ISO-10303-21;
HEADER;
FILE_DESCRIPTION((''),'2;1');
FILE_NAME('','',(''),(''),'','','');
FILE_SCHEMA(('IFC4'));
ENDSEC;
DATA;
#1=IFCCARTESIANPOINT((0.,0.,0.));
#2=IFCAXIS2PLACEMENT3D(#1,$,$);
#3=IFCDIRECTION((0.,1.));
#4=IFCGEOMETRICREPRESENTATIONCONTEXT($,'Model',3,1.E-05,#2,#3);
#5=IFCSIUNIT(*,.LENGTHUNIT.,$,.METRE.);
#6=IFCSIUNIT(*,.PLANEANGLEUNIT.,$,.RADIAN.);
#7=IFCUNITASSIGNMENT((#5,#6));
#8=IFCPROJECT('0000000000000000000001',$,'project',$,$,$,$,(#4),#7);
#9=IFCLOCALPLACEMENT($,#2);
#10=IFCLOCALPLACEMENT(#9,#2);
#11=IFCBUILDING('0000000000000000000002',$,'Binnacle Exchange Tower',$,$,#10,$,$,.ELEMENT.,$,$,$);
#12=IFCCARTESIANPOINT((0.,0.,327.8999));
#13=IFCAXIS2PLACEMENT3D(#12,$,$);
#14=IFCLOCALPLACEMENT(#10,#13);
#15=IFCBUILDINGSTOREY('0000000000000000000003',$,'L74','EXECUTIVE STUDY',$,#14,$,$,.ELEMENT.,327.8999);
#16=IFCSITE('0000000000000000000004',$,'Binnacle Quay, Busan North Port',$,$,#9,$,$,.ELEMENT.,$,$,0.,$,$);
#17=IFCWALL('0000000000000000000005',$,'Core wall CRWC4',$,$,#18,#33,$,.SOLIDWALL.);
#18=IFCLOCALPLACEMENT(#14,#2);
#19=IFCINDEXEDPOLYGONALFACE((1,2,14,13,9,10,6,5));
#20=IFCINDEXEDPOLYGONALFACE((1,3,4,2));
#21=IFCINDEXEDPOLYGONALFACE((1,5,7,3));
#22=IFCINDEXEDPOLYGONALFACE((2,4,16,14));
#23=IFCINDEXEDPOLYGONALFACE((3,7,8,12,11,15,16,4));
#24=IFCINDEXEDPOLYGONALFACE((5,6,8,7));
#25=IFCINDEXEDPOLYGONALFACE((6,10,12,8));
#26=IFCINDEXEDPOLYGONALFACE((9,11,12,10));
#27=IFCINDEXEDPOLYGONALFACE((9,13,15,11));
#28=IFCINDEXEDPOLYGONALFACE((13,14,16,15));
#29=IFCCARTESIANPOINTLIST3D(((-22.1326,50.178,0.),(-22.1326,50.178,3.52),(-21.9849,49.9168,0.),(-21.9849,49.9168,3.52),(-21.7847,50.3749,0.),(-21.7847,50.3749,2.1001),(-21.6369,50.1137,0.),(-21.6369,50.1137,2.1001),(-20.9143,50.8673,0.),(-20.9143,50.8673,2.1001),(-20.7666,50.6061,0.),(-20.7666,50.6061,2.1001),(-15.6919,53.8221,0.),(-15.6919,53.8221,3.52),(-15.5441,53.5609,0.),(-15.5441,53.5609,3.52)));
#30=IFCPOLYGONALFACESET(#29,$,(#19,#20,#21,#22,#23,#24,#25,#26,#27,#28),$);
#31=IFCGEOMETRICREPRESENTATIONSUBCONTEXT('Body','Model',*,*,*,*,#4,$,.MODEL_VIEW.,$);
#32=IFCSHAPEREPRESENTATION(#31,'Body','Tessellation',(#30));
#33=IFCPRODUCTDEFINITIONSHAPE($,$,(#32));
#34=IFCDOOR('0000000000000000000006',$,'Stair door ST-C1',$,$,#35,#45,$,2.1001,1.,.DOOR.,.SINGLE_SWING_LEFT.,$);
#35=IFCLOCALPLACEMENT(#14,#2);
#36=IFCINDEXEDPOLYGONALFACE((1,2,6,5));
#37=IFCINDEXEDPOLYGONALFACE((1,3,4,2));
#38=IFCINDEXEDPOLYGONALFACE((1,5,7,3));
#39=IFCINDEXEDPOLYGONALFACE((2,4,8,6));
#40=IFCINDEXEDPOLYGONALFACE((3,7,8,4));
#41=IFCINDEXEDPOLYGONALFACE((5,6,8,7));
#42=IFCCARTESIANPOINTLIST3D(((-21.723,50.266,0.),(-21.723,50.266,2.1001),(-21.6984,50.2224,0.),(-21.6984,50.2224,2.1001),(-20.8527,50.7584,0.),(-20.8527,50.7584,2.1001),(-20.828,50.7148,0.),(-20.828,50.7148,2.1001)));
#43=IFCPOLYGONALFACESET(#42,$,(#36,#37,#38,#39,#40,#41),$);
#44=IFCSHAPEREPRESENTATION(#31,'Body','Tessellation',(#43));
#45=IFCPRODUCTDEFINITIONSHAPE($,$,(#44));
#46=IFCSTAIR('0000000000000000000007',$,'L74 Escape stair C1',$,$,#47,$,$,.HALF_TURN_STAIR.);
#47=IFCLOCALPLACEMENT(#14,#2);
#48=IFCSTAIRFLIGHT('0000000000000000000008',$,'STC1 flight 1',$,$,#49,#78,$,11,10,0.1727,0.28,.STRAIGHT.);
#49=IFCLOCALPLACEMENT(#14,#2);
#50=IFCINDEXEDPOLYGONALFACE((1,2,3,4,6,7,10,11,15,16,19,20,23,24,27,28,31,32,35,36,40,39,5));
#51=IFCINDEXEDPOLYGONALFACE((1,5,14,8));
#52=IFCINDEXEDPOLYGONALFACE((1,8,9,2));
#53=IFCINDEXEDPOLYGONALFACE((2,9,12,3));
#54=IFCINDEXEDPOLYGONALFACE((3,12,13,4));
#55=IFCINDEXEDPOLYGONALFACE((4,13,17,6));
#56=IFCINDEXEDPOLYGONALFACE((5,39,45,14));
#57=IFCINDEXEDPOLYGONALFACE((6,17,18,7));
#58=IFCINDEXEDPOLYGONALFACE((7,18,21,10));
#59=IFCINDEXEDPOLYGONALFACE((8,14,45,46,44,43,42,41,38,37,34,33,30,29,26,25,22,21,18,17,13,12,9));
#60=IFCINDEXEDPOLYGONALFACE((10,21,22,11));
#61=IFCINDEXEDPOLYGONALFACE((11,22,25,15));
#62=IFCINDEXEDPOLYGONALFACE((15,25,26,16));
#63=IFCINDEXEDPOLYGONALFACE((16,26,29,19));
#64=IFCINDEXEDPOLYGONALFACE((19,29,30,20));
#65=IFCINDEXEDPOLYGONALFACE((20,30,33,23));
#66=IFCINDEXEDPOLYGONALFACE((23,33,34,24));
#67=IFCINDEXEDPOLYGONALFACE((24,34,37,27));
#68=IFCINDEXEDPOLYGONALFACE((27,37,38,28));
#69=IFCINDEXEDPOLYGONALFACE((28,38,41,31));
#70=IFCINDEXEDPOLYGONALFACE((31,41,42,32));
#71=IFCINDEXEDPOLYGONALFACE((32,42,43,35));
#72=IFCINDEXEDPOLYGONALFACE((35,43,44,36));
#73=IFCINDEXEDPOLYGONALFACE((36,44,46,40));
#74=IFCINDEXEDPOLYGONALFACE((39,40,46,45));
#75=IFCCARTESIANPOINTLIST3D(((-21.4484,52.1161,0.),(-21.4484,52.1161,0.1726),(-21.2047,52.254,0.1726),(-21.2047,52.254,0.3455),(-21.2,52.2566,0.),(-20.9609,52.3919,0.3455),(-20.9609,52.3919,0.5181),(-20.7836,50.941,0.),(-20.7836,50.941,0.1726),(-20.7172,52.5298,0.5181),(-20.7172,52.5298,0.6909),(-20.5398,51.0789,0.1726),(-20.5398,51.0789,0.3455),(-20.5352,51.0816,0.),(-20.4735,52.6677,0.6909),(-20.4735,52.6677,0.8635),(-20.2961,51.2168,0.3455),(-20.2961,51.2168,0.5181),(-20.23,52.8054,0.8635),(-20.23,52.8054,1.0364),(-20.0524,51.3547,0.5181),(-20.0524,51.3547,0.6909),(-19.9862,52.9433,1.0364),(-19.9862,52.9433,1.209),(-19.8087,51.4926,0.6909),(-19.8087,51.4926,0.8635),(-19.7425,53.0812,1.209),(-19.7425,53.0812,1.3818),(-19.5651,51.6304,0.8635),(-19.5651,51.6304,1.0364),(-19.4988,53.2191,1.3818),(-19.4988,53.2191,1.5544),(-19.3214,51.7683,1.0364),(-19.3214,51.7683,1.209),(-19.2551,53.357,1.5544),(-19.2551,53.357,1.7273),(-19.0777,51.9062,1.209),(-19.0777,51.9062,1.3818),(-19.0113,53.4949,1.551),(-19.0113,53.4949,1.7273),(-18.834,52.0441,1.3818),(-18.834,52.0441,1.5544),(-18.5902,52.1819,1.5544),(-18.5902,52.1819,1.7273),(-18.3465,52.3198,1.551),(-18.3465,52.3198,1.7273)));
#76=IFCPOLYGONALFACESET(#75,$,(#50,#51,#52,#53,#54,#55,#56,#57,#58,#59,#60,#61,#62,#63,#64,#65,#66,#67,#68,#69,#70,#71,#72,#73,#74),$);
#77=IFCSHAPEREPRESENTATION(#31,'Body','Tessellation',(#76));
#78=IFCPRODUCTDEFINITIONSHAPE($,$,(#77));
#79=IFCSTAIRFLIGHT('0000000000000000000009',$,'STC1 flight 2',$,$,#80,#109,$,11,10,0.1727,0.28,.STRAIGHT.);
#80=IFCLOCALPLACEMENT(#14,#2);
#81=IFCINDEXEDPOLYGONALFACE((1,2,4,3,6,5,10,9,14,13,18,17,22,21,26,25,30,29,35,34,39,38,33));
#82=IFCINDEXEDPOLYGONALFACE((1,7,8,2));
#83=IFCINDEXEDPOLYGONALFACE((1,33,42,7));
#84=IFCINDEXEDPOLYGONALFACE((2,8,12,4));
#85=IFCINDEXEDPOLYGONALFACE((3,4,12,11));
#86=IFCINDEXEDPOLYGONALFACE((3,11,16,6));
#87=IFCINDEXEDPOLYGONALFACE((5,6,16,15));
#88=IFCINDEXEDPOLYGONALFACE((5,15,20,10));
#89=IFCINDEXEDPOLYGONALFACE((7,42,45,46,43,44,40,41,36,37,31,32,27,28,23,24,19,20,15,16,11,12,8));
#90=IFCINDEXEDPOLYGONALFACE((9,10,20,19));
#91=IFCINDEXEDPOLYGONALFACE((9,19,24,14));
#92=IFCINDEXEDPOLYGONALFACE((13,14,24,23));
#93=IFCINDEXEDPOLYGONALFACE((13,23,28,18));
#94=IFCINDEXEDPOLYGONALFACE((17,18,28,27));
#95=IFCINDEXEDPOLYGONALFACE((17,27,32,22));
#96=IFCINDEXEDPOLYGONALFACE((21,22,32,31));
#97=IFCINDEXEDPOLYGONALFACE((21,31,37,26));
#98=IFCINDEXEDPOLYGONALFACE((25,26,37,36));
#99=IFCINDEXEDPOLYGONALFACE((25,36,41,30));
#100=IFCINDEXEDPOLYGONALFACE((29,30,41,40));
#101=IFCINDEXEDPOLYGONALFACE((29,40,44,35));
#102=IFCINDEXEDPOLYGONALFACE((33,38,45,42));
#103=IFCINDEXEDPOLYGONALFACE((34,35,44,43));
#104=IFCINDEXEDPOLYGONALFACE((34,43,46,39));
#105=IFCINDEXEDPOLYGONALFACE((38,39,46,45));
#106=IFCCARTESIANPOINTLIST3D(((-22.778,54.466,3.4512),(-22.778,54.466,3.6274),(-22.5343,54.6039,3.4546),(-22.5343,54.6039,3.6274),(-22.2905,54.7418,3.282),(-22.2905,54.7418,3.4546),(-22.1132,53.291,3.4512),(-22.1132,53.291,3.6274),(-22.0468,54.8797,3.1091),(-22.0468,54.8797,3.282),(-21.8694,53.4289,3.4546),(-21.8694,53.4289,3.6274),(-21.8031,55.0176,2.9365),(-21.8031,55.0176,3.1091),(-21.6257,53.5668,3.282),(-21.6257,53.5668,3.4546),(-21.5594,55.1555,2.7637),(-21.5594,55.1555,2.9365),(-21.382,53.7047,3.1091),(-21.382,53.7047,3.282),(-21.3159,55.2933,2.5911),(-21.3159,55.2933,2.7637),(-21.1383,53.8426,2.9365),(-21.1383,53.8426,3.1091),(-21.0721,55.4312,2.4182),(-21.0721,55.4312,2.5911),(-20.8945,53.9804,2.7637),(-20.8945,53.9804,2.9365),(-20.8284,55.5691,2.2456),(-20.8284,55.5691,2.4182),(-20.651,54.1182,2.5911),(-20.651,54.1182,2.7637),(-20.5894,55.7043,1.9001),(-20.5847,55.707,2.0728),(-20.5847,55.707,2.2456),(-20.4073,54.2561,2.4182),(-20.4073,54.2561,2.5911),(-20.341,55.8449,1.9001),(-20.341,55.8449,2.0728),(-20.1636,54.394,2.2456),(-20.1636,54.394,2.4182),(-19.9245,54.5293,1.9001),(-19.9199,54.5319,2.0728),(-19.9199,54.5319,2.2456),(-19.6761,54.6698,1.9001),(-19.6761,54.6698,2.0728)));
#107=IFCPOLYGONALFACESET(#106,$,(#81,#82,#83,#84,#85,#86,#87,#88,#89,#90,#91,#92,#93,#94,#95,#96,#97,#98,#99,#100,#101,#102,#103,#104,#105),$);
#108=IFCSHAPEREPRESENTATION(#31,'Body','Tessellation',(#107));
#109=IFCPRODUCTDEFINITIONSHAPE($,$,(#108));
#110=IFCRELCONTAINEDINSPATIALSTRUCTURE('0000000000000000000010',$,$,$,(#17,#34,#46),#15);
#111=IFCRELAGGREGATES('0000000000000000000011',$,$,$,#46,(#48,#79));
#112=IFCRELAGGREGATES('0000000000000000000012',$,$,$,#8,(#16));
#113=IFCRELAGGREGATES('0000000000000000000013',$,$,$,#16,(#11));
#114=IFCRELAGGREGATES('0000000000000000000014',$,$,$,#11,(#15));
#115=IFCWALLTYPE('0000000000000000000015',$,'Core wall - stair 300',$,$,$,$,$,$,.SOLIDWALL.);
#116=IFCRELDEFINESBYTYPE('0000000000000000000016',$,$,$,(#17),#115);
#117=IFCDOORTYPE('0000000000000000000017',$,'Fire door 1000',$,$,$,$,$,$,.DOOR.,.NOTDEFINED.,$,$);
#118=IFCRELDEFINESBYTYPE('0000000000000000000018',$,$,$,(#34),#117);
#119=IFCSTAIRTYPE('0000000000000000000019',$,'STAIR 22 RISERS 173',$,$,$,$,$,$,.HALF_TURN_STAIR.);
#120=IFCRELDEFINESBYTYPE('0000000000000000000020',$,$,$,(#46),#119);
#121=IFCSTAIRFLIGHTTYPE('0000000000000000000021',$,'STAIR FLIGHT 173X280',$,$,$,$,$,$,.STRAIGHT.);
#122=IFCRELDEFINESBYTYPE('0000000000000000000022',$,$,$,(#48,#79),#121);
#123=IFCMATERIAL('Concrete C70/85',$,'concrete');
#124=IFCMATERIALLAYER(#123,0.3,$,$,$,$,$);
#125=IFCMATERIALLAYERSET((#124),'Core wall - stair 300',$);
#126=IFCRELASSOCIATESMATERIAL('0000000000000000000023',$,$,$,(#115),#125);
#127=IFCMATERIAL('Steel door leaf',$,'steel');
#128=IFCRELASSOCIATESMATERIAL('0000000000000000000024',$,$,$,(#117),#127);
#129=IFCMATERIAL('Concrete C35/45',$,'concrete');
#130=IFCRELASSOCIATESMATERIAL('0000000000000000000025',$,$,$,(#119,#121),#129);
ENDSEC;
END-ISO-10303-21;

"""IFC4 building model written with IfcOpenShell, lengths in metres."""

from ifc_helpers import new_model, si_unit, direction, frame, frame_2d, origin, place, context, subcontext, project, spatial, polyline, rectangle, outline, extrude, material, layer, layer_set, type_object, element, fill, aggregate, save


model = new_model("IFC4")

# Units and contexts
model_context = context("Model", 3, precision=1e-05, world=origin(), true_north=direction((0.0, 1.0)))
body_context = subcontext(model_context, "Body", "Model", "MODEL_VIEW")
ifc_project = project(units=[si_unit("LENGTHUNIT", "METRE"), si_unit("PLANEANGLEUNIT", "RADIAN")], contexts=[model_context])

# Site, building, storey
site_placement = place(None, origin())
site = spatial("IfcSite", under=ifc_project, at=site_placement, Name="Binnacle Quay, Busan North Port", CompositionType="ELEMENT", RefElevation=0.0)
building_placement = place(site_placement, origin())
building = spatial("IfcBuilding", under=site, at=building_placement, Name="Binnacle Exchange Tower", CompositionType="ELEMENT")
storey_placement = place(building_placement, frame((0.0, 0.0, 327.8999)))
storey = spatial("IfcBuildingStorey", under=building, at=storey_placement, Name="L74", Description="EXECUTIVE STUDY", CompositionType="ELEMENT", Elevation=327.8999)

# Shared definitions
ifc_material_1 = material(Name="Concrete C70/85", Category="concrete")

# Wall, opening, door
ifc_layer_1 = layer(ifc_material_1, 0.3)
ifc_layer_set_1 = layer_set([ifc_layer_1], Name="Core wall - stair 300")
wall_type_1 = type_object("IfcWallType", Name="Core wall - stair 300", PredefinedType="SOLIDWALL", material=ifc_layer_set_1)
wall_1_placement = place(storey_placement, frame((-22.0588, 50.0474, 0.0), z_axis=(0.0, 0.0, 1.0), x_axis=(0.870351, 0.492432, 0.0)))
wall_1 = element("IfcWall", 1, at=wall_1_placement, inside=storey, type_object=wall_type_1, Name="Core wall CRWC4", PredefinedType="SOLIDWALL", context=body_context, shape_type="SweptSolid", body=[
    extrude(rectangle(XDim=7.4001, YDim=0.3, at=frame_2d((3.7002, 0.0))), origin(), (0.0, 0.0, 1.0), 3.52),
])
opening_placement = place(wall_1_placement, frame((0.3999, 0.0, 0.0)))
opening = element("IfcOpeningElement", 2, at=opening_placement, cuts=wall_1, PredefinedType="OPENING", context=body_context, shape_type="SweptSolid", body=[
    extrude(rectangle(XDim=1.0, YDim=2.1001, at=frame_2d((0.5, 1.05))), frame((0.0, 0.1599, 0.0), z_axis=(0.0, -1.0, 0.0), x_axis=(1.0, 0.0, 0.0)), (0.0, 0.0, 1.0), 0.3201),
])
ifc_material_2 = material(Name="Steel door leaf", Category="steel")
door_type = type_object("IfcDoorType", Name="Fire door 1000", OperationType="NOTDEFINED", PredefinedType="DOOR", material=ifc_material_2)
door_placement = place(opening_placement, origin())
door = element("IfcDoor", 3, at=door_placement, inside=storey, type_object=door_type, Name="Stair door ST-C1", OperationType="SINGLE_SWING_LEFT", OverallHeight=2.1001, OverallWidth=1.0, PredefinedType="DOOR", context=body_context, shape_type="SweptSolid", body=[
    extrude(rectangle(XDim=1.0, YDim=2.1001, at=frame_2d((0.5, 1.05))), frame((0.0, 0.0249, 0.0), z_axis=(0.0, -1.0, 0.0), x_axis=(1.0, 0.0, 0.0)), (0.0, 0.0, 1.0), 0.05),
])
fill(opening, door)

# Stair, stair flights
ifc_material_3 = material(Name="Concrete C35/45", Category="concrete")
stair_type = type_object("IfcStairType", Name="STAIR 22 RISERS 173", PredefinedType="HALF_TURN_STAIR", material=ifc_material_3)
stair_placement = place(storey_placement, origin())
stair = element("IfcStair", 4, at=stair_placement, inside=storey, type_object=stair_type, Name="L74 Escape stair C1", PredefinedType="HALF_TURN_STAIR")
stair_flight_type = type_object("IfcStairFlightType", Name="STAIR FLIGHT 173X280", PredefinedType="STRAIGHT", material=ifc_material_3)
stair_flight_1_placement = place(storey_placement, frame((-21.116, 51.5286, 0.0), z_axis=(0.0, 0.0, 1.0), x_axis=(0.870356, 0.492424, 0.0)))
stair_flight_1 = element("IfcStairFlight", 5, at=stair_flight_1_placement, type_object=stair_flight_type, Name="STC1 flight 1", NumberOfRisers=11, NumberOfTreads=10, PredefinedType="STRAIGHT", RiserHeight=0.1727, TreadLength=0.28, context=body_context, shape_type="SweptSolid", body=[
    extrude(outline(polyline([(0.0, 0.0), (0.0, 0.1726), (0.28, 0.1726), (0.28, 0.3455), (0.5601, 0.3455), (0.5601, 0.5181), (0.8401, 0.5181), (0.8401, 0.6909), (1.1201, 0.6909), (1.1201, 0.8635), (1.3999, 0.8635), (1.3999, 1.0364), (1.6799, 1.0364), (1.6799, 1.209), (1.96, 1.209), (1.96, 1.3818), (2.24, 1.3818), (2.24, 1.5544), (2.52, 1.5544), (2.52, 1.7273), (2.8, 1.7273), (2.8, 1.8999), (2.8, 1.551), (0.2854, 0.0), (0.0, 0.0)])), frame((0.0, 0.675, 0.0), z_axis=(0.0, -1.0, 0.0), x_axis=(1.0, 0.0, 0.0)), (0.0, 0.0, 1.0), 1.3501),
])
stair_flight_2_placement = place(storey_placement, frame((-20.0085, 55.2573, 1.9001), z_axis=(0.0, 0.0, 1.0), x_axis=(-0.870356, -0.492424, 0.0)))
stair_flight_2 = element("IfcStairFlight", 6, at=stair_flight_2_placement, type_object=stair_flight_type, Name="STC1 flight 2", NumberOfRisers=11, NumberOfTreads=10, PredefinedType="STRAIGHT", RiserHeight=0.1727, TreadLength=0.28, context=body_context, shape_type="SweptSolid", body=[
    extrude(outline(polyline([(0.0, 0.0), (0.0, 0.1726), (0.28, 0.1726), (0.28, 0.3455), (0.5601, 0.3455), (0.5601, 0.5181), (0.8401, 0.5181), (0.8401, 0.6909), (1.1201, 0.6909), (1.1201, 0.8635), (1.3999, 0.8635), (1.3999, 1.0364), (1.6799, 1.0364), (1.6799, 1.209), (1.96, 1.209), (1.96, 1.3818), (2.24, 1.3818), (2.24, 1.5544), (2.52, 1.5544), (2.52, 1.7273), (2.8, 1.7273), (2.8, 1.8999), (2.8, 1.551), (0.2854, 0.0), (0.0, 0.0)])), frame((0.0, 0.675, 0.0), z_axis=(0.0, -1.0, 0.0), x_axis=(1.0, 0.0, 0.0)), (0.0, 0.0, 1.0), 1.3501),
])
aggregate(stair, [stair_flight_1, stair_flight_2])

save(model, "model.ifc")
